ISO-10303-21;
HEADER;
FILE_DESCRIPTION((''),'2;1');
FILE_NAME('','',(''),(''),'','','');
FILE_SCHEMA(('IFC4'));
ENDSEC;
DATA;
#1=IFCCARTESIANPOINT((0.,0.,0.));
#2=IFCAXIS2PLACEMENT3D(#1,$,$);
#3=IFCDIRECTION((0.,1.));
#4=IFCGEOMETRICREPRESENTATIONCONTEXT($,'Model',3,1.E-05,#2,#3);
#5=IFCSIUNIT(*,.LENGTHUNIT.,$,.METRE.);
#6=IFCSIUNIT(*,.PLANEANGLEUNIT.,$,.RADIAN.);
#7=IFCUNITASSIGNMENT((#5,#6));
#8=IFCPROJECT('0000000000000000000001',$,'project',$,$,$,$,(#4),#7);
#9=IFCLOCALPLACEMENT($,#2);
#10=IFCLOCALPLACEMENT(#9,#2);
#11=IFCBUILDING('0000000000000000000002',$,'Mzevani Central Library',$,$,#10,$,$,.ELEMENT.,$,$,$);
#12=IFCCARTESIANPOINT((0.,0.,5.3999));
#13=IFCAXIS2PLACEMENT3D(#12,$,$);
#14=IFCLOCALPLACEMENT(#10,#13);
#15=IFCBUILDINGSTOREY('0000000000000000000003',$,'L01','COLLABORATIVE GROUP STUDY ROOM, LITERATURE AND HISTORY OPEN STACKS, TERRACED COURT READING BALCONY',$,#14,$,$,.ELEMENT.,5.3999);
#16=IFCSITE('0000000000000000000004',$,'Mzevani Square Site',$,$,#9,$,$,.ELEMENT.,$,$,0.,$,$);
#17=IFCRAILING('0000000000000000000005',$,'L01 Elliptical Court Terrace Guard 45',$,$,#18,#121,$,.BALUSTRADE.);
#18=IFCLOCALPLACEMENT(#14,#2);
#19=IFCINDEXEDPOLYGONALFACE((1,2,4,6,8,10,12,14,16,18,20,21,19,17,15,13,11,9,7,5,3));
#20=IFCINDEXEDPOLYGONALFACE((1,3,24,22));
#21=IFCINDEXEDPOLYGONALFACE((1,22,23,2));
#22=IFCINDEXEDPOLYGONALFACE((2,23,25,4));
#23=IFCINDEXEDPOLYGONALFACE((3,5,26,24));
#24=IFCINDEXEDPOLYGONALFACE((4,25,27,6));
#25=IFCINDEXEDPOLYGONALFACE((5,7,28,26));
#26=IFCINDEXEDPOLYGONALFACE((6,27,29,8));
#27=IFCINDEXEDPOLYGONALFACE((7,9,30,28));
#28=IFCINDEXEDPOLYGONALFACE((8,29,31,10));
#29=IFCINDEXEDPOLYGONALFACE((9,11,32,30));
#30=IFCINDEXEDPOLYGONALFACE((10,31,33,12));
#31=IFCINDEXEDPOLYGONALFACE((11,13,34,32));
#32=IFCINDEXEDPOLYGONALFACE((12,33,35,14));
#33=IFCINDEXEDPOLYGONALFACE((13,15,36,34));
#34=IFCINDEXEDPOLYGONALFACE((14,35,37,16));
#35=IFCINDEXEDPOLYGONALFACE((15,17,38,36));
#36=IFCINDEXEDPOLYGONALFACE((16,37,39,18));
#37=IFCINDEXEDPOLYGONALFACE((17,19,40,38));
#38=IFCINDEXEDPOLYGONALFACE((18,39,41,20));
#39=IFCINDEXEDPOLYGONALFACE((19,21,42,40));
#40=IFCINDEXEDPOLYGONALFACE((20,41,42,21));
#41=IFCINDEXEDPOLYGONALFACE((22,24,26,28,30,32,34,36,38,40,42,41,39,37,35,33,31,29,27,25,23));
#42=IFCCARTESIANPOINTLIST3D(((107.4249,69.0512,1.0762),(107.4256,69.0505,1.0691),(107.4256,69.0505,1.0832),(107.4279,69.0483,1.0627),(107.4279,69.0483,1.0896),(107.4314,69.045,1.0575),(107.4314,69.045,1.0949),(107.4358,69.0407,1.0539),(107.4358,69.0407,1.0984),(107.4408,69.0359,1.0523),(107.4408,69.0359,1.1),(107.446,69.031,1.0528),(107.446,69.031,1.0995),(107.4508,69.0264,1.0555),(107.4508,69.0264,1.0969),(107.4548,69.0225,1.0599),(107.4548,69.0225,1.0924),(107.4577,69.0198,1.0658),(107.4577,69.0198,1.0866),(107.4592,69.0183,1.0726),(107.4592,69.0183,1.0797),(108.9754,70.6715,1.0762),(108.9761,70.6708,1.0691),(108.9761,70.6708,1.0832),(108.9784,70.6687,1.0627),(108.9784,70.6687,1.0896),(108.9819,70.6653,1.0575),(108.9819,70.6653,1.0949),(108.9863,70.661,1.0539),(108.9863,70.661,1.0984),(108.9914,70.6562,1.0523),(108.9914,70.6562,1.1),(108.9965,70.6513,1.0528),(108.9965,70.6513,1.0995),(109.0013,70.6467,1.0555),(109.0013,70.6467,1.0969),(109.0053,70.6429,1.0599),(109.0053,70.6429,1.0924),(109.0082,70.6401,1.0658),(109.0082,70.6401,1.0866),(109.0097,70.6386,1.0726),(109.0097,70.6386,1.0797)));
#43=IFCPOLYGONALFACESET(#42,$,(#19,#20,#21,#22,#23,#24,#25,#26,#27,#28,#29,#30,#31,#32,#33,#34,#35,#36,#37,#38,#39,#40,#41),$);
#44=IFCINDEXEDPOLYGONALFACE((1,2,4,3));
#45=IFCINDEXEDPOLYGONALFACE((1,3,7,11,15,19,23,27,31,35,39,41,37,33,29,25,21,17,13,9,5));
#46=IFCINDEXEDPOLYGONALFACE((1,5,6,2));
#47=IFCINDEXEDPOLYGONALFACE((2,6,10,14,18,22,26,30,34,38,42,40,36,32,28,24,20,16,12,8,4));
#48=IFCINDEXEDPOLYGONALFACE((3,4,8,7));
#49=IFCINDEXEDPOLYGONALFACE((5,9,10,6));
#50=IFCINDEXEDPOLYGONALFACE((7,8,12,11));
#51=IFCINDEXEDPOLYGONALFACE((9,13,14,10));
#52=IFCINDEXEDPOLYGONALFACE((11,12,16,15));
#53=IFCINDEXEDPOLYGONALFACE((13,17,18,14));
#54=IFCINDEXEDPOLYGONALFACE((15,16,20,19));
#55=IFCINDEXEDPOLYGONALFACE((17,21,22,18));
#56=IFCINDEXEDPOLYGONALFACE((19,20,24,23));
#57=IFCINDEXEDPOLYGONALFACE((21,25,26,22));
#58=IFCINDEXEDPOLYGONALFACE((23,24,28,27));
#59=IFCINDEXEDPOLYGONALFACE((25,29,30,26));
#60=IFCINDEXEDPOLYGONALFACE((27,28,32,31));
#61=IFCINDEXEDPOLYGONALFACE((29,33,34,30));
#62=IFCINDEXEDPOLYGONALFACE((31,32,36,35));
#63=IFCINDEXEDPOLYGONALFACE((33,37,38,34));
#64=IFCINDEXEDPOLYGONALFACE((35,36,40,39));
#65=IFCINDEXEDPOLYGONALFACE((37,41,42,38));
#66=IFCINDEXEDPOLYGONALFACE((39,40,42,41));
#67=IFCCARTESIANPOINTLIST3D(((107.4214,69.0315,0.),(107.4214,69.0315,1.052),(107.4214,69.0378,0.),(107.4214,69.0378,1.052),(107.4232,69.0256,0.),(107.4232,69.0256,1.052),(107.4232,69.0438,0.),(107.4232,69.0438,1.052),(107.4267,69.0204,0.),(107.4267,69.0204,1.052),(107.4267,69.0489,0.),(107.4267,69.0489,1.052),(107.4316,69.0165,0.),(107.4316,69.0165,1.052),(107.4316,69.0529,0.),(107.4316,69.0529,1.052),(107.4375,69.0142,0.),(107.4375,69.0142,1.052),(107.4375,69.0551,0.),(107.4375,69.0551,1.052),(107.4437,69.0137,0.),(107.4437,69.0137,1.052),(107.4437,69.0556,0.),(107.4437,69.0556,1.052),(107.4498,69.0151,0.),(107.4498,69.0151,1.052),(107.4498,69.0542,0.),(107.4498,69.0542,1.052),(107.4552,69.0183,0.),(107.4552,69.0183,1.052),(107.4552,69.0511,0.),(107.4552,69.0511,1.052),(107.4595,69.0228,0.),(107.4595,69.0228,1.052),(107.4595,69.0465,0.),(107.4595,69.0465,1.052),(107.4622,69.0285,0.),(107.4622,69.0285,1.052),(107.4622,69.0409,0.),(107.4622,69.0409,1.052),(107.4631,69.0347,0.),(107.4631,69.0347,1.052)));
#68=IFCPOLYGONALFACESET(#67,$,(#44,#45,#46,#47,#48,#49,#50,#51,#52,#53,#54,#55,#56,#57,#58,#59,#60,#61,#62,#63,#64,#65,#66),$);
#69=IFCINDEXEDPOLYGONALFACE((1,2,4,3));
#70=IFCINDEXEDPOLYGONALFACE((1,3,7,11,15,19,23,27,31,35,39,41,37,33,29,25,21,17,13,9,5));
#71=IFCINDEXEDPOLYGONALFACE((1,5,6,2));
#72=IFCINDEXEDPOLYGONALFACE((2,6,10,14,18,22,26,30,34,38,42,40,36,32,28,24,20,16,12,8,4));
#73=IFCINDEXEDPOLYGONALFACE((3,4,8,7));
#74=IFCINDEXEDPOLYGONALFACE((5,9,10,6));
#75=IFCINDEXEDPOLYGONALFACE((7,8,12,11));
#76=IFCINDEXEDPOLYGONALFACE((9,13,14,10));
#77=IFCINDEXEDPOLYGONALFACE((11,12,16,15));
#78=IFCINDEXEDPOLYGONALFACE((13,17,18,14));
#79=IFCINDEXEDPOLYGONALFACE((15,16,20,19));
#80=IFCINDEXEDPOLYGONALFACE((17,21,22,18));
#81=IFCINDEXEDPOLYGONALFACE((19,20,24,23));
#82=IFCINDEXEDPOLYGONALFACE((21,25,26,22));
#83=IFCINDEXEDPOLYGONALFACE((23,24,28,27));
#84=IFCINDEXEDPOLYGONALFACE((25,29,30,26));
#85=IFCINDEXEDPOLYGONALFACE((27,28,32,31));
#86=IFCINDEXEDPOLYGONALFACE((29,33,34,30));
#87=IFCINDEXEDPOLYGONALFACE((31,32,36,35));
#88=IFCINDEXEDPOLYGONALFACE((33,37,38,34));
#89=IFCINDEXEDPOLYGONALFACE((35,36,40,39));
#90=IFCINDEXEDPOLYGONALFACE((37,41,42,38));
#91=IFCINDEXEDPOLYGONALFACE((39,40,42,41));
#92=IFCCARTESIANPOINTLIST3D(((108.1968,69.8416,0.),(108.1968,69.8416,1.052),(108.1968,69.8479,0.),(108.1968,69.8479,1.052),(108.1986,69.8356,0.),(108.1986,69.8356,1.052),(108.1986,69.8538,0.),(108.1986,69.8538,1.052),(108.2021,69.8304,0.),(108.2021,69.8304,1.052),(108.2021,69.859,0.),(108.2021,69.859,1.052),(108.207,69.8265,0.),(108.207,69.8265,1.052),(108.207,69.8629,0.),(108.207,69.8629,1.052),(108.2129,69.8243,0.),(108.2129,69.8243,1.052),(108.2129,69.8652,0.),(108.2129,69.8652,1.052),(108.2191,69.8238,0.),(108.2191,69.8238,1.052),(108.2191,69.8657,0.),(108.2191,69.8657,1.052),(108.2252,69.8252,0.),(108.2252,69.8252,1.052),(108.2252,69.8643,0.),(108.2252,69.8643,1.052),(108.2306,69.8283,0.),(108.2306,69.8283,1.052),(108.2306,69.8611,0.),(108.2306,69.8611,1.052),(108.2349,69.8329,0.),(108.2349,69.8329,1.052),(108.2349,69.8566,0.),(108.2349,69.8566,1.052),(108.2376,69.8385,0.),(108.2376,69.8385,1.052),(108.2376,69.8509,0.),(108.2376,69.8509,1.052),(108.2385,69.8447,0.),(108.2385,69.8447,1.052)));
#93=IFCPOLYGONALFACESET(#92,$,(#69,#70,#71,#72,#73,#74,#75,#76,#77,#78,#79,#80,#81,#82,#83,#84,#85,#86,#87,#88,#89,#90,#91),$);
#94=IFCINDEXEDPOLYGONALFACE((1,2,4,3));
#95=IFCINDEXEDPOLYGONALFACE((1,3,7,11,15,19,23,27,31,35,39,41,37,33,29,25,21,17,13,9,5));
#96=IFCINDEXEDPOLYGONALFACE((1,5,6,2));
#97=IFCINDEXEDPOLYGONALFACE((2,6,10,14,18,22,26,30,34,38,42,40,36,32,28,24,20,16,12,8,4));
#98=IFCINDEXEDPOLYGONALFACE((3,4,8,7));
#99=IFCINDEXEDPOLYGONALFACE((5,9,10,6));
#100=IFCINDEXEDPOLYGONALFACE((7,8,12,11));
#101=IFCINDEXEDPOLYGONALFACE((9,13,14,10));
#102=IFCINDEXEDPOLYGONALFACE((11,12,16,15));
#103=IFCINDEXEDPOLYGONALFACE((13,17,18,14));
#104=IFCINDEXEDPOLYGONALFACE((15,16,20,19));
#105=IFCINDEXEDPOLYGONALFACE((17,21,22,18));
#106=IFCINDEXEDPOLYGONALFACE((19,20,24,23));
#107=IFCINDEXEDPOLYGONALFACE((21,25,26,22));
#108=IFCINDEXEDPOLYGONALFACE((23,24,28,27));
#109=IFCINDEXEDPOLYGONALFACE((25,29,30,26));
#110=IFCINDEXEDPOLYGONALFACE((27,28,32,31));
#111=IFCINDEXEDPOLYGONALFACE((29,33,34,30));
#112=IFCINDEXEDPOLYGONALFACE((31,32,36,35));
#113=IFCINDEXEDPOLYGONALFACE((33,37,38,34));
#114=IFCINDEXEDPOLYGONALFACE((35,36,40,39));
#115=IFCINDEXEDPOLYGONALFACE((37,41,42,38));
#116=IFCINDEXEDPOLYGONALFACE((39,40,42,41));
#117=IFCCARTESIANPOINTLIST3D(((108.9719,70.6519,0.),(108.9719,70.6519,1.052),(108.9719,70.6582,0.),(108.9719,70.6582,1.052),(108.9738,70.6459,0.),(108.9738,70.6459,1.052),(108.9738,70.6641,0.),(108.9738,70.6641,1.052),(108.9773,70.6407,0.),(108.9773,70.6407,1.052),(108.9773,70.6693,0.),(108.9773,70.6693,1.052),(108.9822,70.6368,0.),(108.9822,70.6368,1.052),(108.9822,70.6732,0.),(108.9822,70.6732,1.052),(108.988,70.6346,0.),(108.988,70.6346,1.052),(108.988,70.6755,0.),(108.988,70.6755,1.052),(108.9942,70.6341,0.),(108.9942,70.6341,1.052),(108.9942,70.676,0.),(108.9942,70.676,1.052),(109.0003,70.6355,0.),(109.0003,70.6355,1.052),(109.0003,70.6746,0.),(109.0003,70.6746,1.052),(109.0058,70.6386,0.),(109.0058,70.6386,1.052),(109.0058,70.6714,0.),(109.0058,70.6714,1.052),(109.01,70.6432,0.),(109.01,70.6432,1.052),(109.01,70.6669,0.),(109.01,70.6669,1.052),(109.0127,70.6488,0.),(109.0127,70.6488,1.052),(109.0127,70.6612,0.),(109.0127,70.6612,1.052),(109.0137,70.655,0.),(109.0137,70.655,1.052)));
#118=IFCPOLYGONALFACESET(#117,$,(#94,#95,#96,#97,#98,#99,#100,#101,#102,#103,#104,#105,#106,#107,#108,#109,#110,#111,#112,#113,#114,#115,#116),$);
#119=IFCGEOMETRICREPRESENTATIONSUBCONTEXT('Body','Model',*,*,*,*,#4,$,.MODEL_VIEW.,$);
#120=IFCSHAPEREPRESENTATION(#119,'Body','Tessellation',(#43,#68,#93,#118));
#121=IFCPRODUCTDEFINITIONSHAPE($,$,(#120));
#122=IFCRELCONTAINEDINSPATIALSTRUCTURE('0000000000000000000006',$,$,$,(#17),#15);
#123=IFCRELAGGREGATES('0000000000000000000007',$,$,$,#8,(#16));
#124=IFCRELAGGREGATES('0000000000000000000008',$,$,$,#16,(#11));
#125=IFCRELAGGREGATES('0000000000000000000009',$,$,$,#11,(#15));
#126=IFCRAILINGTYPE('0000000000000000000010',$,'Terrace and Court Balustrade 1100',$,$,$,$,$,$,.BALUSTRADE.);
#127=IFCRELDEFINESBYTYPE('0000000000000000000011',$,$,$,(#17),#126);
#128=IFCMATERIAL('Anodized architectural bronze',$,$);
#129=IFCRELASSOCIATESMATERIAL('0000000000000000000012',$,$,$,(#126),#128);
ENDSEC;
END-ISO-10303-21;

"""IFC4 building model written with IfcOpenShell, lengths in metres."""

from ifc_helpers import new_model, si_unit, direction, frame, origin, origin_2d, place, context, subcontext, project, spatial, circle, extrude, material, type_object, element, save


model = new_model("IFC4")

# Units and contexts
model_context = context("Model", 3, precision=1e-05, world=origin(), true_north=direction((0.0, 1.0)))
body_context = subcontext(model_context, "Body", "Model", "MODEL_VIEW")
ifc_project = project(units=[si_unit("LENGTHUNIT", "METRE"), si_unit("PLANEANGLEUNIT", "RADIAN")], contexts=[model_context])

# Site, building, storey
site_placement = place(None, origin())
site = spatial("IfcSite", under=ifc_project, at=site_placement, Name="Mzevani Square Site", CompositionType="ELEMENT", RefElevation=0.0)
building_placement = place(site_placement, origin())
building = spatial("IfcBuilding", under=site, at=building_placement, Name="Mzevani Central Library", CompositionType="ELEMENT")
storey_placement = place(building_placement, frame((0.0, 0.0, 5.3999)))
storey = spatial("IfcBuildingStorey", under=building, at=storey_placement, Name="L01", Description="COLLABORATIVE GROUP STUDY ROOM, LITERATURE AND HISTORY OPEN STACKS, TERRACED COURT READING BALCONY", CompositionType="ELEMENT", Elevation=5.3999)

# Railing
ifc_material_1 = material(Name="Anodized architectural bronze")
railing_type = type_object("IfcRailingType", Name="Terrace and Court Balustrade 1100", PredefinedType="BALUSTRADE", material=ifc_material_1)
railing_1_placement = place(storey_placement, frame((107.4421, 69.0347, 0.0)))
element("IfcRailing", 1, at=railing_1_placement, inside=storey, type_object=railing_type, Name="L01 Elliptical Court Terrace Guard 45", PredefinedType="BALUSTRADE", context=body_context, shape_type="SweptSolid", body=[
    extrude(circle(Radius=0.0239, at=origin_2d()), frame((0.0, 0.0, 1.0762), z_axis=(0.691368, 0.722502, 0.0), x_axis=(-0.722502, 0.691368, 0.0)), (0.0, 0.0, 1.0), 2.2427),
    extrude(circle(Radius=0.021, at=origin_2d()), origin(), (0.0, 0.0, 1.0), 1.052),
    extrude(circle(Radius=0.021, at=origin_2d()), frame((0.7754, 0.8101, 0.0)), (0.0, 0.0, 1.0), 1.052),
    extrude(circle(Radius=0.021, at=origin_2d()), frame((1.5505, 1.6204, 0.0)), (0.0, 0.0, 1.0), 1.052),
])

save(model, "model.ifc")
